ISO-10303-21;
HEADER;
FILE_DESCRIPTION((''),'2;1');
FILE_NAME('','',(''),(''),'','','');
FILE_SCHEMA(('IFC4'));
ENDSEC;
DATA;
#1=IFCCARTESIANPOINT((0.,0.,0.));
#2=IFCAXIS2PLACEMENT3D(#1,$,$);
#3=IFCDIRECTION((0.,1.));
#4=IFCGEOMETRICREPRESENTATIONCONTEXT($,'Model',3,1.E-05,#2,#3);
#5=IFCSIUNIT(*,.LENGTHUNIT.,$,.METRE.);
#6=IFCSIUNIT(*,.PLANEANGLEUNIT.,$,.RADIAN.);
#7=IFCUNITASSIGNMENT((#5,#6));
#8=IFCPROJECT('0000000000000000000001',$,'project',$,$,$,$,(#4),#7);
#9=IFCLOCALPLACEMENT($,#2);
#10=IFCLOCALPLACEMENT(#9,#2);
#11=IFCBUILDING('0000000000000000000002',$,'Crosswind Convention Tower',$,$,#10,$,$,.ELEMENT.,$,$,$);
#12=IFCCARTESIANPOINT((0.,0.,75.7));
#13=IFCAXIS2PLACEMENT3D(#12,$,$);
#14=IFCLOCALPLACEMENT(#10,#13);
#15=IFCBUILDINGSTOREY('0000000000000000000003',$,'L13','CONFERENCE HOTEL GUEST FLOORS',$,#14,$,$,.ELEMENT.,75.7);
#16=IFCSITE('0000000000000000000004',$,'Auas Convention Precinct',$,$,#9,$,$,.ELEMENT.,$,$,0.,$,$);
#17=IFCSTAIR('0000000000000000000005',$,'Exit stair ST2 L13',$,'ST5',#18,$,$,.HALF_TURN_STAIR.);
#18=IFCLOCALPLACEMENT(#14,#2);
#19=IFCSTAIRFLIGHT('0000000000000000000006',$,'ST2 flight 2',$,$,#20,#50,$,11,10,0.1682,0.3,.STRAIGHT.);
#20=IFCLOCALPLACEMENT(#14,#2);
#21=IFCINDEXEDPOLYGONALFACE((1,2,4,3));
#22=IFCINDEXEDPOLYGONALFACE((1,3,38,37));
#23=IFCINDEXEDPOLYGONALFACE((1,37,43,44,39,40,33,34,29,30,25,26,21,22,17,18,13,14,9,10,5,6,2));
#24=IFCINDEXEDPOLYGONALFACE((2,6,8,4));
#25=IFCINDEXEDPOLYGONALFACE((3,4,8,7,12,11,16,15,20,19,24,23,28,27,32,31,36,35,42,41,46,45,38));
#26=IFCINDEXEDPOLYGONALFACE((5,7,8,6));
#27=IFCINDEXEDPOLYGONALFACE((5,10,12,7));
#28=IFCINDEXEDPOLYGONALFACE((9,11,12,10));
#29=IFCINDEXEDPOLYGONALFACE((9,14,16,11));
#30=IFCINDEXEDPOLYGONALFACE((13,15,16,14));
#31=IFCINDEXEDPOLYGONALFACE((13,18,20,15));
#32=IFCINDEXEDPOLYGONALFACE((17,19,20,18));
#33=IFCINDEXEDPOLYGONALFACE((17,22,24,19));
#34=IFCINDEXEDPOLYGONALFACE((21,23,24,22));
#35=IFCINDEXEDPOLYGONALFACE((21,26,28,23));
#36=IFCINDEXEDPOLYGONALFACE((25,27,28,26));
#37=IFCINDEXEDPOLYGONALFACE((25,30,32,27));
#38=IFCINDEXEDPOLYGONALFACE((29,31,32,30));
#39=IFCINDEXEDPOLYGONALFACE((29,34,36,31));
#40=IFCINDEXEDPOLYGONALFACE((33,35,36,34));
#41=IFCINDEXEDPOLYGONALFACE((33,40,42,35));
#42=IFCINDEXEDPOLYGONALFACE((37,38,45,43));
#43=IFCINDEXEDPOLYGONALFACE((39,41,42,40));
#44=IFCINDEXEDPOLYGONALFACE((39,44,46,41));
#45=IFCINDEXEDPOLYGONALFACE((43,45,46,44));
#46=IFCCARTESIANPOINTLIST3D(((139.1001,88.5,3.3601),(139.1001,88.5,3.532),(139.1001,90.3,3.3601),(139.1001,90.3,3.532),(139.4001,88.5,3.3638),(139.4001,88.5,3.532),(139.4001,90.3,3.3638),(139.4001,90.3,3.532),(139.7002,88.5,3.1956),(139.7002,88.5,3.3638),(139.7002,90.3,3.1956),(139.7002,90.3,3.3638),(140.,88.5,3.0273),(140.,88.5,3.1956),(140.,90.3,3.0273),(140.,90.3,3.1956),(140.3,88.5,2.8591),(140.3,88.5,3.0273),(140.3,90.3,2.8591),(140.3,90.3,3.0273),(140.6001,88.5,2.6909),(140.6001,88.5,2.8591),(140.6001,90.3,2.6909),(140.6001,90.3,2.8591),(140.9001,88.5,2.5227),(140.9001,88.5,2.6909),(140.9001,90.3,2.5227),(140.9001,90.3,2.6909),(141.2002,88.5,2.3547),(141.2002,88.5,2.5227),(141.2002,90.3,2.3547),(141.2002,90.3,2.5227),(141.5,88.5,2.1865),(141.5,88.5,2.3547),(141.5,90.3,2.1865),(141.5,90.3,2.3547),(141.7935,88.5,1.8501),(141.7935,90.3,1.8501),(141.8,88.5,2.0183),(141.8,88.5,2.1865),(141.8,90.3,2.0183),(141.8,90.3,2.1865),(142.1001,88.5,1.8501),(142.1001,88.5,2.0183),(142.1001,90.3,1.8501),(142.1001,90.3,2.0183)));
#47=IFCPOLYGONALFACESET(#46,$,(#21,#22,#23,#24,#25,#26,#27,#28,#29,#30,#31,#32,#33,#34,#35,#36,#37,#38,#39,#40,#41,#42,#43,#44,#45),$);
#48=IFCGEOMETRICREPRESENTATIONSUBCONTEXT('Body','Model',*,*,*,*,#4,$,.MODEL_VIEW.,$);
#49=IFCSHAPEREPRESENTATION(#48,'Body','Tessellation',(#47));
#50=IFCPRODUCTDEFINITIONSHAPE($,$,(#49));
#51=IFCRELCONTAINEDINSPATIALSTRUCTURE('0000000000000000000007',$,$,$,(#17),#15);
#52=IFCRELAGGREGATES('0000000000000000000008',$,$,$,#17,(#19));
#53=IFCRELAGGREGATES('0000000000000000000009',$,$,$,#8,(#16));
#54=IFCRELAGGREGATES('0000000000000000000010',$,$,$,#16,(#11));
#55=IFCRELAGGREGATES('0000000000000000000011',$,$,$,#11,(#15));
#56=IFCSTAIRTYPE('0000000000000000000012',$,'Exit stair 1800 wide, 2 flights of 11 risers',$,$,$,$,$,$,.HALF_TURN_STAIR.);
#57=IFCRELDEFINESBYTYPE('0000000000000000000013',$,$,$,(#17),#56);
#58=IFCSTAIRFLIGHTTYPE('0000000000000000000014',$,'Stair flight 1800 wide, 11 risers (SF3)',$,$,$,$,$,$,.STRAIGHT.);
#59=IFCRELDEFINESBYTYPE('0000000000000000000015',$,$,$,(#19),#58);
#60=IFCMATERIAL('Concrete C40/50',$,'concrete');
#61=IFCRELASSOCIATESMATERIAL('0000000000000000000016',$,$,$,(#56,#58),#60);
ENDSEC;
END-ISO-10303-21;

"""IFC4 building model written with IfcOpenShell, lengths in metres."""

from ifc_helpers import new_model, si_unit, direction, frame, origin, place, context, subcontext, project, spatial, polyline, outline, extrude, material, type_object, element, aggregate, save


model = new_model("IFC4")

# Units and contexts
model_context = context("Model", 3, precision=1e-05, world=origin(), true_north=direction((0.0, 1.0)))
body_context = subcontext(model_context, "Body", "Model", "MODEL_VIEW")
ifc_project = project(units=[si_unit("LENGTHUNIT", "METRE"), si_unit("PLANEANGLEUNIT", "RADIAN")], contexts=[model_context])

# Site, building, storey
site_placement = place(None, origin())
site = spatial("IfcSite", under=ifc_project, at=site_placement, Name="Auas Convention Precinct", CompositionType="ELEMENT", RefElevation=0.0)
building_placement = place(site_placement, origin())
building = spatial("IfcBuilding", under=site, at=building_placement, Name="Crosswind Convention Tower", CompositionType="ELEMENT")
storey_placement = place(building_placement, frame((0.0, 0.0, 75.7)))
storey = spatial("IfcBuildingStorey", under=building, at=storey_placement, Name="L13", Description="CONFERENCE HOTEL GUEST FLOORS", CompositionType="ELEMENT", Elevation=75.7)

# Stair, stair flight
ifc_material_1 = material(Name="Concrete C40/50", Category="concrete")
stair_type = type_object("IfcStairType", Name="Exit stair 1800 wide, 2 flights of 11 risers", PredefinedType="HALF_TURN_STAIR", material=ifc_material_1)
stair_placement = place(storey_placement, origin())
stair = element("IfcStair", 1, at=stair_placement, inside=storey, type_object=stair_type, Name="Exit stair ST2 L13", ObjectType="ST5", PredefinedType="HALF_TURN_STAIR")
stair_flight_type = type_object("IfcStairFlightType", Name="Stair flight 1800 wide, 11 risers (SF3)", PredefinedType="STRAIGHT", material=ifc_material_1)
stair_flight_1_placement = place(storey_placement, frame((142.1001, 89.3999, 1.8501), z_axis=(0.0, 0.0, 1.0), x_axis=(-1.0, 0.0, 0.0)))
stair_flight_1 = element("IfcStairFlight", 2, at=stair_flight_1_placement, type_object=stair_flight_type, Name="ST2 flight 2", NumberOfRisers=11, NumberOfTreads=10, PredefinedType="STRAIGHT", RiserHeight=0.1682, TreadLength=0.3, context=body_context, shape_type="SweptSolid", body=[
    extrude(outline(polyline([(0.0, 0.0), (0.0, 0.1682), (0.3, 0.1682), (0.3, 0.3364), (0.6001, 0.3364), (0.6001, 0.5046), (0.8999, 0.5046), (0.8999, 0.6726), (1.2, 0.6726), (1.2, 0.8408), (1.5, 0.8408), (1.5, 1.009), (1.8, 1.009), (1.8, 1.1772), (2.1001, 1.1772), (2.1001, 1.3455), (2.3999, 1.3455), (2.3999, 1.5137), (2.7, 1.5137), (2.7, 1.6819), (3.0, 1.6819), (3.0, 1.8501), (3.0, 1.51), (0.3066, 0.0), (0.0, 0.0)])), frame((0.0, 0.8999, 0.0), z_axis=(0.0, -1.0, 0.0), x_axis=(1.0, 0.0, 0.0)), (0.0, 0.0, 1.0), 1.8),
])
aggregate(stair, [stair_flight_1])

save(model, "model.ifc")
